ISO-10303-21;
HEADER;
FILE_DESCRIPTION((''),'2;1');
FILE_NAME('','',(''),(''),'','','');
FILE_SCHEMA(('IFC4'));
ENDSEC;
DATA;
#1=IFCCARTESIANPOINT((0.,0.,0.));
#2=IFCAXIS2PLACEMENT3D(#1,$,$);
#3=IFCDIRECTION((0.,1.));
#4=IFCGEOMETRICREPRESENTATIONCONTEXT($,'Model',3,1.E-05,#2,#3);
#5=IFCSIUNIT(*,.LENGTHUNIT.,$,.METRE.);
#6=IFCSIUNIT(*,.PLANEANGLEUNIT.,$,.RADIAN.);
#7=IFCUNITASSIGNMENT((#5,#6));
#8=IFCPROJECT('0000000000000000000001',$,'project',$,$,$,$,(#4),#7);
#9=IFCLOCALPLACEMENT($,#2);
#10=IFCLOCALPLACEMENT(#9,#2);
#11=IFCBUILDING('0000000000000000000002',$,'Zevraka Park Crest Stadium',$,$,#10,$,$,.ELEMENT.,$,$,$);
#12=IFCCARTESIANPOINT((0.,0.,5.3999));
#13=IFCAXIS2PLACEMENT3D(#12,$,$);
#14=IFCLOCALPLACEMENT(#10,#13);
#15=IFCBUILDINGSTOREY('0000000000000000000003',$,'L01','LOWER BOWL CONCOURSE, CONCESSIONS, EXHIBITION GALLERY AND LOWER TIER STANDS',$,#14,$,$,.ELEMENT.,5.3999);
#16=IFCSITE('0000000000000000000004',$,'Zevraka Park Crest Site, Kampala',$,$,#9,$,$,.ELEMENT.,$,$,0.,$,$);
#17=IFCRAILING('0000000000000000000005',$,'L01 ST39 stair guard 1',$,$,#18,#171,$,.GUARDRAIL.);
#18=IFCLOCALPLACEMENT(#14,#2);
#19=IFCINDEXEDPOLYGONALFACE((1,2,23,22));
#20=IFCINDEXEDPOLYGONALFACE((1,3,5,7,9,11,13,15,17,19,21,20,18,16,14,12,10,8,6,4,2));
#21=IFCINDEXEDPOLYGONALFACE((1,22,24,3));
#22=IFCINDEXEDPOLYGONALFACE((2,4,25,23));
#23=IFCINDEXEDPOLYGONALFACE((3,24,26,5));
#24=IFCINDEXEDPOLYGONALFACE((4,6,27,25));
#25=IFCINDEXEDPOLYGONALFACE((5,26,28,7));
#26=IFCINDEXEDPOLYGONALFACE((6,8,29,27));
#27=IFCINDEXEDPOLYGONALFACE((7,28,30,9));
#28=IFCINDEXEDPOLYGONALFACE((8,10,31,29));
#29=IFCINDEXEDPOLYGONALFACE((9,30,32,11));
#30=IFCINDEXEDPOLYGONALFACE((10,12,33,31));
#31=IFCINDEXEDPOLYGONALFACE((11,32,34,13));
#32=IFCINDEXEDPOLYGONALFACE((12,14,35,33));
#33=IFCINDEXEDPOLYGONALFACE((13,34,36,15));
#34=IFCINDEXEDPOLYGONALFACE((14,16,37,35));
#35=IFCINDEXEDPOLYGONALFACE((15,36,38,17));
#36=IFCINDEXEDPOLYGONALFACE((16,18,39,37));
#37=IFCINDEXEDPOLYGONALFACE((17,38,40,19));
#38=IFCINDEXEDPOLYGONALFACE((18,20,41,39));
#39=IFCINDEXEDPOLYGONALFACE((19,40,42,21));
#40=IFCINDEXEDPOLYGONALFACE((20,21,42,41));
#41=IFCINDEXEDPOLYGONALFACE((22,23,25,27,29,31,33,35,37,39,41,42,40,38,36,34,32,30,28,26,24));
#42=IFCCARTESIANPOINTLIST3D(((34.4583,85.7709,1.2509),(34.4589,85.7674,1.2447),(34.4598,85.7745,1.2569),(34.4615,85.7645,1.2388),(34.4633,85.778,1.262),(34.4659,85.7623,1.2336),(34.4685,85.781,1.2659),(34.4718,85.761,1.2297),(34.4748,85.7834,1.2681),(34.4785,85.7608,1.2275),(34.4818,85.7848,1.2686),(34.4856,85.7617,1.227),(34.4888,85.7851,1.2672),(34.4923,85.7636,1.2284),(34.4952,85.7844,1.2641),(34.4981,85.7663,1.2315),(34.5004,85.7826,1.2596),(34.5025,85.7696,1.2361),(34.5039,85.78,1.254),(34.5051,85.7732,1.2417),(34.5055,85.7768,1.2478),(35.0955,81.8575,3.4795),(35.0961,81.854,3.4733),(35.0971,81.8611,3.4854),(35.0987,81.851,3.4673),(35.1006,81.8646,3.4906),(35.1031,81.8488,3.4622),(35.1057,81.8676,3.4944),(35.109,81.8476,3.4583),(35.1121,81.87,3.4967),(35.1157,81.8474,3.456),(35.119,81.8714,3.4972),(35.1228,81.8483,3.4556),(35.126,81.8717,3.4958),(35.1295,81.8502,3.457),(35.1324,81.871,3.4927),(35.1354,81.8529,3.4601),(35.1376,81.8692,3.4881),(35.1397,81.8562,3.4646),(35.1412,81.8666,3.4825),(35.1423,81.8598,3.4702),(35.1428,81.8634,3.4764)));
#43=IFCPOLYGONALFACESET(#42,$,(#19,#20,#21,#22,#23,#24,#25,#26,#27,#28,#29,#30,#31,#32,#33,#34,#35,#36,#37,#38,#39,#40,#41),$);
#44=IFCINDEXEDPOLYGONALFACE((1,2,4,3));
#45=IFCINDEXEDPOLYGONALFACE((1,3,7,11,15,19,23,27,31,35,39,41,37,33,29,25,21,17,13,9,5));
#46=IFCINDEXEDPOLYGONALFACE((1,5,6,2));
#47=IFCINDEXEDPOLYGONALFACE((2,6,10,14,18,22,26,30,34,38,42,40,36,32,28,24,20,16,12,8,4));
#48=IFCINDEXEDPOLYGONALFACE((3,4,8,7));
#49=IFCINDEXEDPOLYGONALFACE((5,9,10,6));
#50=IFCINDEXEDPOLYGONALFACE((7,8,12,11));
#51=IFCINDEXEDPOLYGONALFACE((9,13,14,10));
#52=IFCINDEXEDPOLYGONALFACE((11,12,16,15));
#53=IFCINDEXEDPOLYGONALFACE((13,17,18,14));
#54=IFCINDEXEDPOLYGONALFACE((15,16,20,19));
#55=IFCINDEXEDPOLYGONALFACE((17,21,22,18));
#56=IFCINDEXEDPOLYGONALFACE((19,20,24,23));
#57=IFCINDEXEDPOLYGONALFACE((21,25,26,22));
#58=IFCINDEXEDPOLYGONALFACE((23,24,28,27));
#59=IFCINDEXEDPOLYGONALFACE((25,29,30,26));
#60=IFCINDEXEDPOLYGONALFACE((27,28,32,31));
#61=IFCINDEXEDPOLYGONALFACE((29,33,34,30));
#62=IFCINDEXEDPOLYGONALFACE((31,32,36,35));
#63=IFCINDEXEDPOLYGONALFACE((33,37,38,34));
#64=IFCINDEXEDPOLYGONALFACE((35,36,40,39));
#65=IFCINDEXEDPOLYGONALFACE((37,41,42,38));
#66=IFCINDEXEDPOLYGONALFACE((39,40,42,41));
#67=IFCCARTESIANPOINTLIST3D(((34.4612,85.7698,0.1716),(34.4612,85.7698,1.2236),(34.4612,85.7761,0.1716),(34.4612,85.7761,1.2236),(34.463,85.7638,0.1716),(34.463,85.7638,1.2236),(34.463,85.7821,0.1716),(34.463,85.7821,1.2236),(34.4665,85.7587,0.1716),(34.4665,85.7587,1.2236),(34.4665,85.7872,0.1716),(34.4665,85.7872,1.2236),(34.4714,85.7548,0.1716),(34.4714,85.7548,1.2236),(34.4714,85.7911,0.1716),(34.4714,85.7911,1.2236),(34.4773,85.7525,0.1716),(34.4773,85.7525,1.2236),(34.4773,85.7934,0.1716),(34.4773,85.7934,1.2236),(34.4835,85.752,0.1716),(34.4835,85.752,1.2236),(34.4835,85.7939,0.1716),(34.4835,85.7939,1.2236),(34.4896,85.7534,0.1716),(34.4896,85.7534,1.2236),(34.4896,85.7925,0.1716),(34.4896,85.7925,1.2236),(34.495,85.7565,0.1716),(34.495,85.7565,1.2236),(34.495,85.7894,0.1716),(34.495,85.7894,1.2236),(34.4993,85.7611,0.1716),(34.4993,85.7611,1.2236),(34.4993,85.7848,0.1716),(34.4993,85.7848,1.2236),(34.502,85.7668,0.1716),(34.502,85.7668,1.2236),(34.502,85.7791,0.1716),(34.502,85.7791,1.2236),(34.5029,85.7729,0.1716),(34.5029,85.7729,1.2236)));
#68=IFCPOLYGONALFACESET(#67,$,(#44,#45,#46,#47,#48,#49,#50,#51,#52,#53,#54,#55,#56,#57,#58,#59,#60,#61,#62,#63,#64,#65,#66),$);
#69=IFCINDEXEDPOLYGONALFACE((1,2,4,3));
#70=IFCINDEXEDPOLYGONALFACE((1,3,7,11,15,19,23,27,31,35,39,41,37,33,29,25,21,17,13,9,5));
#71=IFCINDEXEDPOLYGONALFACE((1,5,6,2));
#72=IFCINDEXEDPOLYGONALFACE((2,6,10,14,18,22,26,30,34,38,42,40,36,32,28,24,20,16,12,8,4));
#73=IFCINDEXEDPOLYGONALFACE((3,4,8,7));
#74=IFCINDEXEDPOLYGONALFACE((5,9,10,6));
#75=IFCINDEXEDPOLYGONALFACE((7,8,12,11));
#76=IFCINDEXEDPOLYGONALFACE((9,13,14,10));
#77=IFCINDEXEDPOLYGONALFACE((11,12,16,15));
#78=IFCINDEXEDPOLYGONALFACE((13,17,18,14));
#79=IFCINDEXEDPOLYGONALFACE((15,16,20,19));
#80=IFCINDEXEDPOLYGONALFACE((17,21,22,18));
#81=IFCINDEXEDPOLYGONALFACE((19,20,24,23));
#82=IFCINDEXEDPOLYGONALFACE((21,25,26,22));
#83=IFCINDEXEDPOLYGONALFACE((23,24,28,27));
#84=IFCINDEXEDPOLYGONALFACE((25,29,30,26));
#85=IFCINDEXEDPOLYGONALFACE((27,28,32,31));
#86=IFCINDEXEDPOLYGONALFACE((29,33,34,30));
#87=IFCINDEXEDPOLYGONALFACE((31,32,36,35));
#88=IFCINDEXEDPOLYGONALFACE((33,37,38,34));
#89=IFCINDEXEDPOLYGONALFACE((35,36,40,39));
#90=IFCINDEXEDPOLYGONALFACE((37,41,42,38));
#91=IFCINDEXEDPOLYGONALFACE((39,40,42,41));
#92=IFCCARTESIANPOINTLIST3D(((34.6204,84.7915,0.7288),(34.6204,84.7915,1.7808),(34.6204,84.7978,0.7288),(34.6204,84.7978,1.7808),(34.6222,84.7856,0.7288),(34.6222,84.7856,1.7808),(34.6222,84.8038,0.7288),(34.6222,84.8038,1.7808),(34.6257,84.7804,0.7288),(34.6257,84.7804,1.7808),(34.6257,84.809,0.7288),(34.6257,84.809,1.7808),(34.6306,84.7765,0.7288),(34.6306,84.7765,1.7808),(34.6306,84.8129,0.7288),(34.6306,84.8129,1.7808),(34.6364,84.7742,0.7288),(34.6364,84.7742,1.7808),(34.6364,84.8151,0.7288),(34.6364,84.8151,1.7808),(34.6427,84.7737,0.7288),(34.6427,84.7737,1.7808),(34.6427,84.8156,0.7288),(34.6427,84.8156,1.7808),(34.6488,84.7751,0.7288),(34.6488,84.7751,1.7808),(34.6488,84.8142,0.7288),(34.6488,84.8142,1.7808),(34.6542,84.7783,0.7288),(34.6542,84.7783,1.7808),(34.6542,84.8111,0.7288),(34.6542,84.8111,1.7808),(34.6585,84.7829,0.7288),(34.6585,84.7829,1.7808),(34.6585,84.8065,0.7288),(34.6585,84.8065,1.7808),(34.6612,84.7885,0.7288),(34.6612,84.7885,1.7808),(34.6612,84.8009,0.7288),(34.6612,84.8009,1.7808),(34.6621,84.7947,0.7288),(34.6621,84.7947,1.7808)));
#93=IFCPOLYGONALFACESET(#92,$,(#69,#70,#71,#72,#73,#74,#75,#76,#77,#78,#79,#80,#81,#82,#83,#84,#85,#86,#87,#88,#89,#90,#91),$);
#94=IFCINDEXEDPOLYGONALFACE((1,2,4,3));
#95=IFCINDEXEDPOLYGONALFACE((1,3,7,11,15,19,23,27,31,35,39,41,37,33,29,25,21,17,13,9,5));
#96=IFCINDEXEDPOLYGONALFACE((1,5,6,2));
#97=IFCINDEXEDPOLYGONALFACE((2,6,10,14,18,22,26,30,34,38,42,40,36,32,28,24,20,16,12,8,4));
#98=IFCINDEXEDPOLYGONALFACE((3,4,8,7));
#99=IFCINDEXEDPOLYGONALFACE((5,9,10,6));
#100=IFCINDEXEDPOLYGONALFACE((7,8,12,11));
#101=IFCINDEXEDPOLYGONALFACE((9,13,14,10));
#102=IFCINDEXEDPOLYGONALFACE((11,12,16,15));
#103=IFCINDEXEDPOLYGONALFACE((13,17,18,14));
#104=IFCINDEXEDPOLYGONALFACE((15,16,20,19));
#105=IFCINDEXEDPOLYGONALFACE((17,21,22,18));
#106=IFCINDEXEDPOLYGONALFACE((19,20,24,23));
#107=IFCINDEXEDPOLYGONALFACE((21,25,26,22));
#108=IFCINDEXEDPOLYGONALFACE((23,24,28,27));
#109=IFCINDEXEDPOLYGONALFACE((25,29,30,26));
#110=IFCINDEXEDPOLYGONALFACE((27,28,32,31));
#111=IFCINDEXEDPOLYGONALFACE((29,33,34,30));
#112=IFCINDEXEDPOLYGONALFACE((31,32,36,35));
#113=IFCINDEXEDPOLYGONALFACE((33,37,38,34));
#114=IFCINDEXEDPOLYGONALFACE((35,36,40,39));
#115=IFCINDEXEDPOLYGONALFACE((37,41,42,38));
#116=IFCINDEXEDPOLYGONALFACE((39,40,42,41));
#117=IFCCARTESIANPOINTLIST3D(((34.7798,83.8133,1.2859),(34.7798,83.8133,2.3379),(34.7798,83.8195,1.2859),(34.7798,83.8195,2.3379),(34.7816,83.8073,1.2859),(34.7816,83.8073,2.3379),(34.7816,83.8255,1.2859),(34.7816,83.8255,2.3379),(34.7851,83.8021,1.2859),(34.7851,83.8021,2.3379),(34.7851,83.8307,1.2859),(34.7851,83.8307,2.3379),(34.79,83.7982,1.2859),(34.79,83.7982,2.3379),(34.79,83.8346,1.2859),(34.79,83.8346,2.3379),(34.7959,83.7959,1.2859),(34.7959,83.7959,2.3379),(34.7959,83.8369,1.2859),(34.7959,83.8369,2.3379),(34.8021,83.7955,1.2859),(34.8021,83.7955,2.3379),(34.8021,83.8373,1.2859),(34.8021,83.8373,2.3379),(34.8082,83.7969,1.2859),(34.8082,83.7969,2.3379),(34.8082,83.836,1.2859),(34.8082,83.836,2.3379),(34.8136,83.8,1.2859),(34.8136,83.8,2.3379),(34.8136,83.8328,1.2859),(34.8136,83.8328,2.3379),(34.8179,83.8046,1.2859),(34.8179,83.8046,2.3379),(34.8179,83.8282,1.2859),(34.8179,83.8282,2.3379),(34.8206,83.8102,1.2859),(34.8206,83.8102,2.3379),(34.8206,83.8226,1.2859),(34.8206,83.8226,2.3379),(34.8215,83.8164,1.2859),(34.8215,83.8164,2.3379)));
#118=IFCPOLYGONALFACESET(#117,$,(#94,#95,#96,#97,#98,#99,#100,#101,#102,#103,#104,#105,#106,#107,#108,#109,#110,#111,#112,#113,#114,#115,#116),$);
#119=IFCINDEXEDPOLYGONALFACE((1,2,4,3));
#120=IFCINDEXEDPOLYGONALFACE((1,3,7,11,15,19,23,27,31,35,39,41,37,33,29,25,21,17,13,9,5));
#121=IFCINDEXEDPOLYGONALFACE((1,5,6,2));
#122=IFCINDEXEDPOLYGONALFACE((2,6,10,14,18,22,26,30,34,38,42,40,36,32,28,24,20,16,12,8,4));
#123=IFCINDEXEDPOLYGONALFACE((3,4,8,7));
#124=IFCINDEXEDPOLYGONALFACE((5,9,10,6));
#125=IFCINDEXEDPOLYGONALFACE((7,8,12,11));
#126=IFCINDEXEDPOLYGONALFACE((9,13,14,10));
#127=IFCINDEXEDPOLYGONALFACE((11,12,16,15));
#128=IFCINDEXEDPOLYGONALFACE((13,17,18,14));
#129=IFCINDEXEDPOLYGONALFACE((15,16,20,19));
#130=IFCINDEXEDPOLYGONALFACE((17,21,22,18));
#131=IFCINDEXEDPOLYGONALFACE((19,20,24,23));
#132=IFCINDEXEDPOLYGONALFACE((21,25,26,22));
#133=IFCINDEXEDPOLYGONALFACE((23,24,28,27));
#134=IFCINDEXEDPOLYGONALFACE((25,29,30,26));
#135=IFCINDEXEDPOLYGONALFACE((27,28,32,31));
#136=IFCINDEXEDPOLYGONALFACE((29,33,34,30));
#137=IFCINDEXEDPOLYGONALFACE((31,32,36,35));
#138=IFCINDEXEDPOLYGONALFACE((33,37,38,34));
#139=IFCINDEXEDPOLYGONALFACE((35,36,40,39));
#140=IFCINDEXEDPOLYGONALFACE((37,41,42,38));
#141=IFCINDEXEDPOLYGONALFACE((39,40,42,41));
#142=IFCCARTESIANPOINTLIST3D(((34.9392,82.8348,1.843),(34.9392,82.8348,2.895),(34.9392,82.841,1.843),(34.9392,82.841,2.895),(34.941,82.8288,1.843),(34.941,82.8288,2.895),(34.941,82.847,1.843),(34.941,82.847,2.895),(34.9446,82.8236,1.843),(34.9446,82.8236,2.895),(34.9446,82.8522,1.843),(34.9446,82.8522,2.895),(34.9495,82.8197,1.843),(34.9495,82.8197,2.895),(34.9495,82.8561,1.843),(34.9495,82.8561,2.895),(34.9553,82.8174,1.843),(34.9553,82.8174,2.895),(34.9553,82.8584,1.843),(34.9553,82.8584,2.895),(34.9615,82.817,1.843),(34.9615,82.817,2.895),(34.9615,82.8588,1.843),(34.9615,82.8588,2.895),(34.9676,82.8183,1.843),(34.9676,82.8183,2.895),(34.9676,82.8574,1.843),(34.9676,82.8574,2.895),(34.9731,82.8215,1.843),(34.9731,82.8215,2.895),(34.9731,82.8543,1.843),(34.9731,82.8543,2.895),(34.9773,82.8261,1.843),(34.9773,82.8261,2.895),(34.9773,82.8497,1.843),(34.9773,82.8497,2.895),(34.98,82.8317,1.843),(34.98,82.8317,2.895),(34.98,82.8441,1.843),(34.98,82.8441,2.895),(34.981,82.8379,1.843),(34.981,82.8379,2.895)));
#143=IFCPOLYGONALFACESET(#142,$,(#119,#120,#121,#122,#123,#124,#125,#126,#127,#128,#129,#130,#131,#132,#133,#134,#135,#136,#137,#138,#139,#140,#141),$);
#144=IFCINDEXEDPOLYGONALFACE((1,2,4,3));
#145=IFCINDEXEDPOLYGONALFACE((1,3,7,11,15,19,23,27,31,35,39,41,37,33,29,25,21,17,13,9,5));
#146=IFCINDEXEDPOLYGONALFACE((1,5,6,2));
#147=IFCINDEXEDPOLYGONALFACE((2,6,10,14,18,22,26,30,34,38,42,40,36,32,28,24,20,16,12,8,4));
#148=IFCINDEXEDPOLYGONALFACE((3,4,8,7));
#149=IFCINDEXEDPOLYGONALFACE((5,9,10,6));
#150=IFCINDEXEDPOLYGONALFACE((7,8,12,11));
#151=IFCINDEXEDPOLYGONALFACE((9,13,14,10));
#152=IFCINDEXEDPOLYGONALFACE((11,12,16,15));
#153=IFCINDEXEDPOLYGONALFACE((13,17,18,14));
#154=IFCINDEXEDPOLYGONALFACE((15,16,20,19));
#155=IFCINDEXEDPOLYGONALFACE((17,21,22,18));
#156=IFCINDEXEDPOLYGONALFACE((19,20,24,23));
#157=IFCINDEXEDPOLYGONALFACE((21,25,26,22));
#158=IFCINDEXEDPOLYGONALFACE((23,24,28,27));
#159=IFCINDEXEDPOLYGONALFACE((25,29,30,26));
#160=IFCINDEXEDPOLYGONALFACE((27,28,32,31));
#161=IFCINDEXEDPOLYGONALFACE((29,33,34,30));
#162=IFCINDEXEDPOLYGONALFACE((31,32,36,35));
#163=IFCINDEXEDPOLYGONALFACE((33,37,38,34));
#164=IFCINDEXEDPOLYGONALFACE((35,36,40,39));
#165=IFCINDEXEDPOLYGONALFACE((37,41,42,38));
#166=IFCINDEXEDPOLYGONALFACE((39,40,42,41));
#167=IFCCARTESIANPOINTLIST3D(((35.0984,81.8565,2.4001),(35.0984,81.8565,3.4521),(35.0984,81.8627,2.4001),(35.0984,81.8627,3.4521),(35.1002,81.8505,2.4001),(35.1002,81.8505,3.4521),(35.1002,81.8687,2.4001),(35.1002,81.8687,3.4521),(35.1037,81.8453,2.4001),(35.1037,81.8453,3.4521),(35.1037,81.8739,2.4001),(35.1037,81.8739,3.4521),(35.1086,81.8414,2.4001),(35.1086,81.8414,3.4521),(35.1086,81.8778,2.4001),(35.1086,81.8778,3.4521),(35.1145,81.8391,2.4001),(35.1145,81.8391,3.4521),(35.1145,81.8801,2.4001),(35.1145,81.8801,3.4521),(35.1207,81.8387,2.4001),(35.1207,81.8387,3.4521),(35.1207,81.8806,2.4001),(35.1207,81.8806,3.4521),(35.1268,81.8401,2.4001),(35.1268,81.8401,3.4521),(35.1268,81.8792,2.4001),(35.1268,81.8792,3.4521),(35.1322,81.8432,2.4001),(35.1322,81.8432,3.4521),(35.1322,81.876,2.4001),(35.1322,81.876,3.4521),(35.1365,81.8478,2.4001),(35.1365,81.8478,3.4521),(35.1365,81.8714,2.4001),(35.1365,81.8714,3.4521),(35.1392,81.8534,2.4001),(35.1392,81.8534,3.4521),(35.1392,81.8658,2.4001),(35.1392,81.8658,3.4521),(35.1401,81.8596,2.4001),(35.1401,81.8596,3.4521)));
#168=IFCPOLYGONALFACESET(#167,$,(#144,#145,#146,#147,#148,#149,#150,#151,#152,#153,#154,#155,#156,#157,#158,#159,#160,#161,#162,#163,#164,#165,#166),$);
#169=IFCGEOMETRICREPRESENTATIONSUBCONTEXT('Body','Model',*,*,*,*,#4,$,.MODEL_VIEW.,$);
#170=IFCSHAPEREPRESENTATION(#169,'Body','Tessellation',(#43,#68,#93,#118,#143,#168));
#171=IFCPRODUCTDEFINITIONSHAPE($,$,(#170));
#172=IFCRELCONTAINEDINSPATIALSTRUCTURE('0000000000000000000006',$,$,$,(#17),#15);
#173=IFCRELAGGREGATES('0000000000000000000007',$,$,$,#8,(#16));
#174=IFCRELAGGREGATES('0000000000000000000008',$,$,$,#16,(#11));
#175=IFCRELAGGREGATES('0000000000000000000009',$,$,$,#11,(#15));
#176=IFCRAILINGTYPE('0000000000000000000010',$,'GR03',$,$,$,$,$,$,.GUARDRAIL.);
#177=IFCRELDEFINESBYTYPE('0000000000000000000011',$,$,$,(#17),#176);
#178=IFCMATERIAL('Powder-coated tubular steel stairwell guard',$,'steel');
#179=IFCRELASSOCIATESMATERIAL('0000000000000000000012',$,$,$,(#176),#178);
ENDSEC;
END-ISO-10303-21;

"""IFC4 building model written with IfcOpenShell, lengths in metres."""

from ifc_helpers import new_model, si_unit, direction, frame, origin, origin_2d, place, context, subcontext, project, spatial, circle, extrude, material, type_object, element, save


model = new_model("IFC4")

# Units and contexts
model_context = context("Model", 3, precision=1e-05, world=origin(), true_north=direction((0.0, 1.0)))
body_context = subcontext(model_context, "Body", "Model", "MODEL_VIEW")
ifc_project = project(units=[si_unit("LENGTHUNIT", "METRE"), si_unit("PLANEANGLEUNIT", "RADIAN")], contexts=[model_context])

# Site, building, storey
site_placement = place(None, origin())
site = spatial("IfcSite", under=ifc_project, at=site_placement, Name="Zevraka Park Crest Site, Kampala", CompositionType="ELEMENT", RefElevation=0.0)
building_placement = place(site_placement, origin())
building = spatial("IfcBuilding", under=site, at=building_placement, Name="Zevraka Park Crest Stadium", CompositionType="ELEMENT")
storey_placement = place(building_placement, frame((0.0, 0.0, 5.3999)))
storey = spatial("IfcBuildingStorey", under=building, at=storey_placement, Name="L01", Description="LOWER BOWL CONCOURSE, CONCESSIONS, EXHIBITION GALLERY AND LOWER TIER STANDS", CompositionType="ELEMENT", Elevation=5.3999)

# Railing
ifc_material_1 = material(Name="Powder-coated tubular steel stairwell guard", Category="steel")
railing_type_1 = type_object("IfcRailingType", Name="GR03", PredefinedType="GUARDRAIL", material=ifc_material_1)
railing_1_placement = place(storey_placement, frame((34.4819, 85.7729, 0.1716)))
element("IfcRailing", 1, at=railing_1_placement, inside=storey, type_object=railing_type_1, Name="L01 ST39 stair guard 1", PredefinedType="GUARDRAIL", context=body_context, shape_type="SweptSolid", body=[
    extrude(circle(Radius=0.0239, at=origin_2d()), frame((0.0, 0.0, 1.0762), z_axis=(0.1401, -0.860406, 0.489973), x_axis=(0.987001, 0.160713, 0.0)), (0.0, 0.0, 1.0), 4.5483),
    extrude(circle(Radius=0.021, at=origin_2d()), origin(), (0.0, 0.0, 1.0), 1.052),
    extrude(circle(Radius=0.021, at=origin_2d()), frame((0.1592, -0.9783, 0.5571)), (0.0, 0.0, 1.0), 1.052),
    extrude(circle(Radius=0.021, at=origin_2d()), frame((0.3186, -1.9565, 1.1143)), (0.0, 0.0, 1.0), 1.052),
    extrude(circle(Radius=0.021, at=origin_2d()), frame((0.478, -2.9351, 1.6714)), (0.0, 0.0, 1.0), 1.052),
    extrude(circle(Radius=0.021, at=origin_2d()), frame((0.6372, -3.9133, 2.2285)), (0.0, 0.0, 1.0), 1.052),
])

save(model, "model.ifc")
